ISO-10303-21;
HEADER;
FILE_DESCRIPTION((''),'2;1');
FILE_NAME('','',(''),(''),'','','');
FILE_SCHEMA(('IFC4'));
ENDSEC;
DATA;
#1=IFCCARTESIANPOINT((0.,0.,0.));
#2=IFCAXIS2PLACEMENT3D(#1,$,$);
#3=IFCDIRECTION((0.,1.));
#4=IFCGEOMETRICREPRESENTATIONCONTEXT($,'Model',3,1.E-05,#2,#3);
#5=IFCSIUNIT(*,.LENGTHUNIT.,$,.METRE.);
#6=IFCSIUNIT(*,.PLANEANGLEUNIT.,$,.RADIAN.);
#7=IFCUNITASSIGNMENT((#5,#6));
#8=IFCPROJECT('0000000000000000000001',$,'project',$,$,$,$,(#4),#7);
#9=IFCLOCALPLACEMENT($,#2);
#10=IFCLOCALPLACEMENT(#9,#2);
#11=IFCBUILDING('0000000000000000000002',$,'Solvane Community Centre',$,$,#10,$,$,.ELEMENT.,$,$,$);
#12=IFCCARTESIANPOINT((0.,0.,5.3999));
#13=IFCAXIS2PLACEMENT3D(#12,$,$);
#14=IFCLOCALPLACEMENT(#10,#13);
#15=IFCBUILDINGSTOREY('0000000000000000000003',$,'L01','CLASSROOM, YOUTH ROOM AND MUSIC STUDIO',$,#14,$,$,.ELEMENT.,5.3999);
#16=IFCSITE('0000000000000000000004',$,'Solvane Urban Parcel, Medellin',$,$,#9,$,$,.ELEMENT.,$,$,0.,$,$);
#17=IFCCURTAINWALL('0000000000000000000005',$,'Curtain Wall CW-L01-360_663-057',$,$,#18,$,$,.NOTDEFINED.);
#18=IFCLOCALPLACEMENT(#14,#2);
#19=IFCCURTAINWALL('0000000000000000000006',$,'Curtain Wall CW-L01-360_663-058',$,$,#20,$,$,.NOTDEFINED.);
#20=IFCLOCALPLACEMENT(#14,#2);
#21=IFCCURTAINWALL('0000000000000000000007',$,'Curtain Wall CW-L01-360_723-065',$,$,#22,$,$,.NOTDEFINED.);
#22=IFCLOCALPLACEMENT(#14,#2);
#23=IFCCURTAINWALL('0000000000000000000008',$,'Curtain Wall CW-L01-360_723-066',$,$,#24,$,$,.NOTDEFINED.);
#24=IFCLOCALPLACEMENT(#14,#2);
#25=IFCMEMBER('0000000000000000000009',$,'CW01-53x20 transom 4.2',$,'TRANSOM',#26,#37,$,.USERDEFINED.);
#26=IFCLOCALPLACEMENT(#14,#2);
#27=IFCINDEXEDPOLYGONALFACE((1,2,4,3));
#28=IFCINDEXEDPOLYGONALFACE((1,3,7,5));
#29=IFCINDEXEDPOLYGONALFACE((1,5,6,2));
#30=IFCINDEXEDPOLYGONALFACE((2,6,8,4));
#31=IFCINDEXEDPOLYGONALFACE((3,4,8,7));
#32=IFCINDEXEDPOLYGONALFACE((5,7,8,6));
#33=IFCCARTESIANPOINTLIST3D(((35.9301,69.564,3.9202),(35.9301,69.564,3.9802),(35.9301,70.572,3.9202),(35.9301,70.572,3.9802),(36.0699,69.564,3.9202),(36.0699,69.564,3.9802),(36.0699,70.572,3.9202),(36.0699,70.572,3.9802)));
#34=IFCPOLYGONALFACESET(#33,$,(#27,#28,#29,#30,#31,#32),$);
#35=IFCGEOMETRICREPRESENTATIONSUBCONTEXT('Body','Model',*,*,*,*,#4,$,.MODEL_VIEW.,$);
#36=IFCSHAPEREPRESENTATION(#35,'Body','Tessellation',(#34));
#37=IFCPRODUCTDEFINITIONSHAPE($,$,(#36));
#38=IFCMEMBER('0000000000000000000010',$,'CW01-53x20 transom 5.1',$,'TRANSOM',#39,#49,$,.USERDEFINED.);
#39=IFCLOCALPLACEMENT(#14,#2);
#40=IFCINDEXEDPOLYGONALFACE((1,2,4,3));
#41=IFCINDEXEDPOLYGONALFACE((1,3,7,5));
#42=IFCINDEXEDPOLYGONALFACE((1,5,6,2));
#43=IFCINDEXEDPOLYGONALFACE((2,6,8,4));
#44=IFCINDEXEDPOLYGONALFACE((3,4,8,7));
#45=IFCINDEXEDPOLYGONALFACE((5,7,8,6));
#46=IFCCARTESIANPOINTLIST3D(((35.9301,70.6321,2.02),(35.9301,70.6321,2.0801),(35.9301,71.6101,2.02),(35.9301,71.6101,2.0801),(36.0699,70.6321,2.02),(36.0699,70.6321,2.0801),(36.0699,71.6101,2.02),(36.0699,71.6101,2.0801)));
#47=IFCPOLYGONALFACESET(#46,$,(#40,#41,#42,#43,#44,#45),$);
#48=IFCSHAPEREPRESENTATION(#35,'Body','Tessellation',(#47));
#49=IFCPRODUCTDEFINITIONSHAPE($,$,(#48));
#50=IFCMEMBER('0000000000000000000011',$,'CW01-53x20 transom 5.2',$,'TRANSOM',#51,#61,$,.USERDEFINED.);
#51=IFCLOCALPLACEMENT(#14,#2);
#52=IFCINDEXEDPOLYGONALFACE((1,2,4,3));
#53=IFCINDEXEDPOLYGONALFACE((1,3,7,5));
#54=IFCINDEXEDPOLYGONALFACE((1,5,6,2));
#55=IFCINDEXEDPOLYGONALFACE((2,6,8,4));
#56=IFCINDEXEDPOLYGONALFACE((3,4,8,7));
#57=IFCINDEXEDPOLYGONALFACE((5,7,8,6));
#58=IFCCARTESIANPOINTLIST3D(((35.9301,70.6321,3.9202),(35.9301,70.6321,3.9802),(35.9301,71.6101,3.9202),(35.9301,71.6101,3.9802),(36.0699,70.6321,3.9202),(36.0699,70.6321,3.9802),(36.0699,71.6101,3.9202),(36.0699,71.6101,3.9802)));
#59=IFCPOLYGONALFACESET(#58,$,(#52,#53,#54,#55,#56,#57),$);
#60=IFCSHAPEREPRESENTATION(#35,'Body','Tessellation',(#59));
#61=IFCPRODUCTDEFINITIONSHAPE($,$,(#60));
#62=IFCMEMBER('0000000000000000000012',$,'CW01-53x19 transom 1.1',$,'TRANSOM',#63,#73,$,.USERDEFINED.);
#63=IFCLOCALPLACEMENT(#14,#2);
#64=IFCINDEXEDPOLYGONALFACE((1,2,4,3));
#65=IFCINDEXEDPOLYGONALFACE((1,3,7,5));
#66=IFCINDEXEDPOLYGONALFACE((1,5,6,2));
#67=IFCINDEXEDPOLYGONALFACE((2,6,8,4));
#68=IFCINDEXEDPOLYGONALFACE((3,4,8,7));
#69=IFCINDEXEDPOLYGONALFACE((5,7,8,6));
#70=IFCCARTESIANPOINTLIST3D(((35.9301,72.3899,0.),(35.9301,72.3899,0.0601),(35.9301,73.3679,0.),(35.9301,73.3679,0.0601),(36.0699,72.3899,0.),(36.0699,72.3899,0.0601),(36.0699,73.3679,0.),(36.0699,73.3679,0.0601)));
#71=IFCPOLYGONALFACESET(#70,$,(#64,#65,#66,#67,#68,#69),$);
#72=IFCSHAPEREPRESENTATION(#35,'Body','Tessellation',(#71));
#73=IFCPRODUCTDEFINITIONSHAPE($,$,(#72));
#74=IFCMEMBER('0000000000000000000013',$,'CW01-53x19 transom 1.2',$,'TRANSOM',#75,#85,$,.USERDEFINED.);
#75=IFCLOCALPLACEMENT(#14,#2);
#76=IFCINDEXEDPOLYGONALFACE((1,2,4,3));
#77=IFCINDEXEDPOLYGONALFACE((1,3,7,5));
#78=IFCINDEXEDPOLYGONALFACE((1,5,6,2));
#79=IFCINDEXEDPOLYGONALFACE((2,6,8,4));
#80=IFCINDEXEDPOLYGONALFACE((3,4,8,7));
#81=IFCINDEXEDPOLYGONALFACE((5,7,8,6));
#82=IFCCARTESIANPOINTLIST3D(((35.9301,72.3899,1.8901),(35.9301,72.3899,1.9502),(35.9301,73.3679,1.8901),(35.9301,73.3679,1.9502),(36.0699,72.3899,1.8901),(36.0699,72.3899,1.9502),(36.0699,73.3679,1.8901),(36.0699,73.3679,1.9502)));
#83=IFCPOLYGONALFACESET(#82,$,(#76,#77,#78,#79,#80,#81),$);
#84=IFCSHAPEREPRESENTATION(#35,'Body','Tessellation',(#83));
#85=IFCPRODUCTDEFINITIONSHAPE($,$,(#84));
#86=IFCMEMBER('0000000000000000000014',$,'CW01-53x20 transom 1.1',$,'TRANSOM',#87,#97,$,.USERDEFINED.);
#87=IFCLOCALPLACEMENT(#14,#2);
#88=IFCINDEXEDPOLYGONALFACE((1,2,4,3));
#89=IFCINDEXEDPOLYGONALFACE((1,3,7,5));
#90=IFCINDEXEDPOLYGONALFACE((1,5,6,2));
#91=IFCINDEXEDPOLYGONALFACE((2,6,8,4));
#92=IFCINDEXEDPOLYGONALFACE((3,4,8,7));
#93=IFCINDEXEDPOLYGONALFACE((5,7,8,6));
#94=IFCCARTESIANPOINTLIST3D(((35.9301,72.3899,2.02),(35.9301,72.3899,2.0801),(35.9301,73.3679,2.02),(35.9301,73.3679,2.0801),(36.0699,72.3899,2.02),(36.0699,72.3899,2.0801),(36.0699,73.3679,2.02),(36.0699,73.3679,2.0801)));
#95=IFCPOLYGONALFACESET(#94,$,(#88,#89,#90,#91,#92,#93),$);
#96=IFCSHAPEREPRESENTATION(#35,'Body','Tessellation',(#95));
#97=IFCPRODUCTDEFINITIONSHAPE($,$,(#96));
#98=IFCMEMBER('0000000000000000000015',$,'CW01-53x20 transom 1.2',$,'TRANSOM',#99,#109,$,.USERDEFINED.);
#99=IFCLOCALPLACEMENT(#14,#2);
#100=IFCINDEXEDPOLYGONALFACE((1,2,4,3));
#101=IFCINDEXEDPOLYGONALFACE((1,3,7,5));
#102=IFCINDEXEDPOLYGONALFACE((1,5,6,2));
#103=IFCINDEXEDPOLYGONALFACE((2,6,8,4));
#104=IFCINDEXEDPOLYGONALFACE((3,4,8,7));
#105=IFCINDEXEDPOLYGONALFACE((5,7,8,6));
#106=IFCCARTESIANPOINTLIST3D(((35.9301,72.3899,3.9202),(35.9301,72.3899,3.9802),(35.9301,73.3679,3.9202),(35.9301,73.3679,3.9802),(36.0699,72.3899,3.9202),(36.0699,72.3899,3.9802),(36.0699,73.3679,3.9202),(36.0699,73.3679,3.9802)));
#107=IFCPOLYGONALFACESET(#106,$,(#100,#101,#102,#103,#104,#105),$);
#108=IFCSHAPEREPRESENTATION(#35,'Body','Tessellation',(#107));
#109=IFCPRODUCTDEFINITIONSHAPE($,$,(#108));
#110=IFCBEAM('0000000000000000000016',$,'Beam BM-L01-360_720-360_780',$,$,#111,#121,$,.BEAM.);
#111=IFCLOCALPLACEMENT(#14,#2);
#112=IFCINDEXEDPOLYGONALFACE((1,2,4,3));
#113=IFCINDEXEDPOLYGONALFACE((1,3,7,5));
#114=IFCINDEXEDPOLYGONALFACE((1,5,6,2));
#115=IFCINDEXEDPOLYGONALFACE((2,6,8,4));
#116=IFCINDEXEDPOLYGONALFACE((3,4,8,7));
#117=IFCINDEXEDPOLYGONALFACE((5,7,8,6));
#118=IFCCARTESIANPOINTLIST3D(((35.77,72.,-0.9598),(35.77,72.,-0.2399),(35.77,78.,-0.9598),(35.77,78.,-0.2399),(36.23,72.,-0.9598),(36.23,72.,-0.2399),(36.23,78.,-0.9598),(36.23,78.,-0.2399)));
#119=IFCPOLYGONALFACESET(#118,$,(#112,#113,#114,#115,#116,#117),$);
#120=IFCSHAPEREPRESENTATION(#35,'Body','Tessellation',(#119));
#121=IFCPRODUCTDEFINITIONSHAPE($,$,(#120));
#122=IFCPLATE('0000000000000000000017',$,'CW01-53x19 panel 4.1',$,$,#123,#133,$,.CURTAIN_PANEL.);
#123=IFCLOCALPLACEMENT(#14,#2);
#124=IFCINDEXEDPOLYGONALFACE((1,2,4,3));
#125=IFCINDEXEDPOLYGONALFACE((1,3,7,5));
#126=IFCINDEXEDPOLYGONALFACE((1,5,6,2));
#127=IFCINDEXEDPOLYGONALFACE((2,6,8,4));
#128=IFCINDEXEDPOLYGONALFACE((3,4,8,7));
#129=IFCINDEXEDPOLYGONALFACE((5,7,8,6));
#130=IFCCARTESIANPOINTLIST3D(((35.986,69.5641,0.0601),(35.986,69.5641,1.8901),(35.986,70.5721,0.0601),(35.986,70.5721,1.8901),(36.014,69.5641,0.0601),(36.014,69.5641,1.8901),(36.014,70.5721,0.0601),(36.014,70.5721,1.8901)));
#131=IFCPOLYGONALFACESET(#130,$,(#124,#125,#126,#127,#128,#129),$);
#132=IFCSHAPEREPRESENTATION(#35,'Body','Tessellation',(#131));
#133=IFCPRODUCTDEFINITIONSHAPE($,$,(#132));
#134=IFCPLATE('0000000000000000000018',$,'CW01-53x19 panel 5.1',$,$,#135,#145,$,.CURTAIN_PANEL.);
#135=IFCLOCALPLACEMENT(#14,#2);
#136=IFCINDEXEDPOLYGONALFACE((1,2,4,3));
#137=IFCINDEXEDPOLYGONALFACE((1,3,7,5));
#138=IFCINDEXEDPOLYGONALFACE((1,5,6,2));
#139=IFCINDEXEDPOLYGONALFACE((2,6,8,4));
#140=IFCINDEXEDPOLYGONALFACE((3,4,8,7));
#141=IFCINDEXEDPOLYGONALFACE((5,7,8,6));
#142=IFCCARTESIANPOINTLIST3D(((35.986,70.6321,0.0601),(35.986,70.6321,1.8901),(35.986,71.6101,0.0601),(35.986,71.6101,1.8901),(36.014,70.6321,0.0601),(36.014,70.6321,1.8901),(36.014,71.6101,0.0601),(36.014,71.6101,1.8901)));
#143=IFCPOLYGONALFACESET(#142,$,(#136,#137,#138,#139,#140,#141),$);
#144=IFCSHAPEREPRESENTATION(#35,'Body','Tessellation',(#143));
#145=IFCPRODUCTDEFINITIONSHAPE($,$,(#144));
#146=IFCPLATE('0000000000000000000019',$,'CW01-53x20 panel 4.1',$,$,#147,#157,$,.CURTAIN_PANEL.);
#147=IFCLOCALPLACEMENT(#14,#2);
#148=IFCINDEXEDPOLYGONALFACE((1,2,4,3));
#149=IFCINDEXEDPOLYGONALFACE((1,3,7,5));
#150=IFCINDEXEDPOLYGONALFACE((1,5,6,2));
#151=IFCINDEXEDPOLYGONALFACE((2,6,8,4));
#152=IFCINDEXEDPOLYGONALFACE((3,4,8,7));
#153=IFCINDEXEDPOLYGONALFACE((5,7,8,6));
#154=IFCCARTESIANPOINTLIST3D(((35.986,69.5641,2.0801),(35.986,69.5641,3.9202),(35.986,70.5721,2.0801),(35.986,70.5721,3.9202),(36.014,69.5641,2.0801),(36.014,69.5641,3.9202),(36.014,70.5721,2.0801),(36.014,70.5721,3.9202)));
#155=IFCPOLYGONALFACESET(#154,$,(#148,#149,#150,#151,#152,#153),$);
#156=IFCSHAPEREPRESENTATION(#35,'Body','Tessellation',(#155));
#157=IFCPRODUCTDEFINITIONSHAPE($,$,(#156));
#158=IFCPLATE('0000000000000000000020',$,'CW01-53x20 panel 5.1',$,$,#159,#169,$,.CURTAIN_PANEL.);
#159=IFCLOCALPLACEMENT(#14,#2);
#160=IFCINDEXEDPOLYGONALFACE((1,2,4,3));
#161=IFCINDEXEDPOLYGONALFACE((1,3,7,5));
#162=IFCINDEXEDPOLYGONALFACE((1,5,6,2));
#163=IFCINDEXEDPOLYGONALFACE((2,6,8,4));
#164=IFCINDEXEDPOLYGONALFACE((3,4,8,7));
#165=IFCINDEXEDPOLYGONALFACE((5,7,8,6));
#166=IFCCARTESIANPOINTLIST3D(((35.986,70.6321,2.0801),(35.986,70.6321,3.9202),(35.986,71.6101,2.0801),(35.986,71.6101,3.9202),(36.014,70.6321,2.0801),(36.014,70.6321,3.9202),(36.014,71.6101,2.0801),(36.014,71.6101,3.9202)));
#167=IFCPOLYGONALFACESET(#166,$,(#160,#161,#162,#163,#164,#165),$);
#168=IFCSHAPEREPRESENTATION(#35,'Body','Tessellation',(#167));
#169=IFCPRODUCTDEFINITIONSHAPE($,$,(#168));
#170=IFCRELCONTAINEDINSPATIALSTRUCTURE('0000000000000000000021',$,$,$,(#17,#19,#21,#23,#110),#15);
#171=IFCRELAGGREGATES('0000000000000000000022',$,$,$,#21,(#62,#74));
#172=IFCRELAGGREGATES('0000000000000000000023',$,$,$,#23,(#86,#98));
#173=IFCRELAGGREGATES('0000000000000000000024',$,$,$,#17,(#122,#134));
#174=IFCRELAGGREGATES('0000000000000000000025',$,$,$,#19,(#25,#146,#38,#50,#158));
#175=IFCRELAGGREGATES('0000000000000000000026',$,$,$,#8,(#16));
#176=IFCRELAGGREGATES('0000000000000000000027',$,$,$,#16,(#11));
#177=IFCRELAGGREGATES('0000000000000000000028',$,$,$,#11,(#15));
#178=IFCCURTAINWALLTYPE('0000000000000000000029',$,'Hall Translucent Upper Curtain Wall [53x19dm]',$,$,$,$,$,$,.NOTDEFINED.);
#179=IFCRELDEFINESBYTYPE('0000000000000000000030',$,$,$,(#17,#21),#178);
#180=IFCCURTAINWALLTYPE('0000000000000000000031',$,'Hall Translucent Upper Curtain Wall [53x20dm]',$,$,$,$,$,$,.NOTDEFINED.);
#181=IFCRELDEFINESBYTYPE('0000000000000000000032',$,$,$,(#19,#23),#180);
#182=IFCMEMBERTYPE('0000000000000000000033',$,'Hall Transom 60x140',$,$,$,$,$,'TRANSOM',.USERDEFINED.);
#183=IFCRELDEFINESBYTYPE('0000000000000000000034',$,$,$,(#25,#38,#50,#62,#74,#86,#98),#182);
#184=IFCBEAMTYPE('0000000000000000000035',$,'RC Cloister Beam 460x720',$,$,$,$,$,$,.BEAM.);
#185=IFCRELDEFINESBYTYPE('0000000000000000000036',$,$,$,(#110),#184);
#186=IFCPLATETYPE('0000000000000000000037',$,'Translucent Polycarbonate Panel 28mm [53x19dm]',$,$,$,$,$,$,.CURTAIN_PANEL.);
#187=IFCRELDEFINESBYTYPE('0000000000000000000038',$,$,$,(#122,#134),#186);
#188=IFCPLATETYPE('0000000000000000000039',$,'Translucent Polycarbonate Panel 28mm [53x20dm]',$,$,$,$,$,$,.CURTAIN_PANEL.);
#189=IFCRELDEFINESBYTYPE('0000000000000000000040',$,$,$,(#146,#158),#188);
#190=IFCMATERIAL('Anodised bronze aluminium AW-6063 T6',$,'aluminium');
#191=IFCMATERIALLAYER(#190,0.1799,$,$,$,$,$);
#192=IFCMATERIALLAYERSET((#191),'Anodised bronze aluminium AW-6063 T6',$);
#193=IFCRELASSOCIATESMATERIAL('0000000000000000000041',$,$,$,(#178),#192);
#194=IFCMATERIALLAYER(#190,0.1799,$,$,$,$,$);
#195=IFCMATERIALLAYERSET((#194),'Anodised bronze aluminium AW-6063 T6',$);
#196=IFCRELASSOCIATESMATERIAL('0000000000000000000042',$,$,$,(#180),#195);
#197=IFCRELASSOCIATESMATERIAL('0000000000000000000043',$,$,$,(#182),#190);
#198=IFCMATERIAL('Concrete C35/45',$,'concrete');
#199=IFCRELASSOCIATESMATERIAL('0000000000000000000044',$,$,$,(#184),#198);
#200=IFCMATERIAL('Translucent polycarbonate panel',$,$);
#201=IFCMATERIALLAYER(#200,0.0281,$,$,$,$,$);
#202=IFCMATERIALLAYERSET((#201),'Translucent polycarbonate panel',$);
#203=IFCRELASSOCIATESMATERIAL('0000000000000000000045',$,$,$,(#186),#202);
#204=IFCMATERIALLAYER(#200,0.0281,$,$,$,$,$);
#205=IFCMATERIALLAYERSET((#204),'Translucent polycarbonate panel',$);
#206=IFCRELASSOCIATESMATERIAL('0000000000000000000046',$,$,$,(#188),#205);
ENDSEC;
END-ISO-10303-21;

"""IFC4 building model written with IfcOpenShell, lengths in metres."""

from ifc_helpers import new_model, si_unit, direction, frame, origin, origin_2d, place, context, subcontext, project, spatial, rectangle, extrude, material, layer, layer_set, material_profile, profile_set, type_object, element, aggregate, save


model = new_model("IFC4")

# Units and contexts
model_context = context("Model", 3, precision=1e-05, world=origin(), true_north=direction((0.0, 1.0)))
body_context = subcontext(model_context, "Body", "Model", "MODEL_VIEW")
ifc_project = project(units=[si_unit("LENGTHUNIT", "METRE"), si_unit("PLANEANGLEUNIT", "RADIAN")], contexts=[model_context])

# Site, building, storey
site_placement = place(None, origin())
site = spatial("IfcSite", under=ifc_project, at=site_placement, Name="Solvane Urban Parcel, Medellin", CompositionType="ELEMENT", RefElevation=0.0)
building_placement = place(site_placement, origin())
building = spatial("IfcBuilding", under=site, at=building_placement, Name="Solvane Community Centre", CompositionType="ELEMENT")
storey_placement = place(building_placement, frame((0.0, 0.0, 5.3999)))
storey = spatial("IfcBuildingStorey", under=building, at=storey_placement, Name="L01", Description="CLASSROOM, YOUTH ROOM AND MUSIC STUDIO", CompositionType="ELEMENT", Elevation=5.3999)

# Shared definitions
ifc_material_1 = material(Name="Concrete C35/45", Category="concrete")

# Curtain walls
ifc_material_2 = material(Name="Anodised bronze aluminium AW-6063 T6", Category="aluminium")
ifc_layer_1 = layer(ifc_material_2, 0.1799)
ifc_layer_set_1 = layer_set([ifc_layer_1], Name="Anodised bronze aluminium AW-6063 T6")
curtain_wall_type_1 = type_object("IfcCurtainWallType", Name="Hall Translucent Upper Curtain Wall [53x19dm]", PredefinedType="NOTDEFINED", material=ifc_layer_set_1)
curtain_wall_1_placement = place(storey_placement, origin())
curtain_wall_1 = element("IfcCurtainWall", 1, at=curtain_wall_1_placement, inside=storey, type_object=curtain_wall_type_1, Name="Curtain Wall CW-L01-360_663-057", PredefinedType="NOTDEFINED")
ifc_layer_2 = layer(ifc_material_2, 0.1799)
ifc_layer_set_2 = layer_set([ifc_layer_2], Name="Anodised bronze aluminium AW-6063 T6")
curtain_wall_type_2 = type_object("IfcCurtainWallType", Name="Hall Translucent Upper Curtain Wall [53x20dm]", PredefinedType="NOTDEFINED", material=ifc_layer_set_2)
curtain_wall_2_placement = place(storey_placement, origin())
curtain_wall_2 = element("IfcCurtainWall", 2, at=curtain_wall_2_placement, inside=storey, type_object=curtain_wall_type_2, Name="Curtain Wall CW-L01-360_663-058", PredefinedType="NOTDEFINED")

# Curtain walls
curtain_wall_3_placement = place(storey_placement, origin())
curtain_wall_3 = element("IfcCurtainWall", 3, at=curtain_wall_3_placement, inside=storey, type_object=curtain_wall_type_1, Name="Curtain Wall CW-L01-360_723-065", PredefinedType="NOTDEFINED")
curtain_wall_4_placement = place(storey_placement, origin())
curtain_wall_4 = element("IfcCurtainWall", 4, at=curtain_wall_4_placement, inside=storey, type_object=curtain_wall_type_2, Name="Curtain Wall CW-L01-360_723-066", PredefinedType="NOTDEFINED")

# Members
ifc_material_profile_1 = material_profile(ifc_material_2, rectangle(XDim=0.1399, YDim=0.0601, at=origin_2d()), Name="CW-T 60x140")
ifc_profile_set_1 = profile_set([ifc_material_profile_1], Name="Anodised bronze aluminium AW-6063 T6")
member_type_1 = type_object("IfcMemberType", Name="Hall Transom 60x140", ElementType="TRANSOM", PredefinedType="USERDEFINED", material=ifc_profile_set_1)
member_1_placement = place(storey_placement, frame((36.0, 69.564, 3.9502), z_axis=(0.0, 1.0, 0.0), x_axis=(-1.0, 0.0, 0.0)))
member_1 = element("IfcMember", 5, at=member_1_placement, type_object=member_type_1, Name="CW01-53x20 transom 4.2", ObjectType="TRANSOM", PredefinedType="USERDEFINED", context=body_context, shape_type="SweptSolid", body=[
    extrude(rectangle(XDim=0.1399, YDim=0.0601, at=origin_2d()), origin(), (0.0, 0.0, 1.0), 1.0081),
])
member_2_placement = place(storey_placement, frame((36.0, 70.6321, 2.05), z_axis=(0.0, 1.0, 0.0), x_axis=(-1.0, 0.0, 0.0)))
member_2 = element("IfcMember", 6, at=member_2_placement, type_object=member_type_1, Name="CW01-53x20 transom 5.1", ObjectType="TRANSOM", PredefinedType="USERDEFINED", context=body_context, shape_type="SweptSolid", body=[
    extrude(rectangle(XDim=0.1399, YDim=0.0601, at=origin_2d()), origin(), (0.0, 0.0, 1.0), 0.978),
])
member_3_placement = place(storey_placement, frame((36.0, 70.6321, 3.9502), z_axis=(0.0, 1.0, 0.0), x_axis=(-1.0, 0.0, 0.0)))
member_3 = element("IfcMember", 7, at=member_3_placement, type_object=member_type_1, Name="CW01-53x20 transom 5.2", ObjectType="TRANSOM", PredefinedType="USERDEFINED", context=body_context, shape_type="SweptSolid", body=[
    extrude(rectangle(XDim=0.1399, YDim=0.0601, at=origin_2d()), origin(), (0.0, 0.0, 1.0), 0.978),
])
member_4_placement = place(storey_placement, frame((36.0, 72.3899, 0.03), z_axis=(0.0, 1.0, 0.0), x_axis=(-1.0, 0.0, 0.0)))
member_4 = element("IfcMember", 8, at=member_4_placement, type_object=member_type_1, Name="CW01-53x19 transom 1.1", ObjectType="TRANSOM", PredefinedType="USERDEFINED", context=body_context, shape_type="SweptSolid", body=[
    extrude(rectangle(XDim=0.1399, YDim=0.0601, at=origin_2d()), origin(), (0.0, 0.0, 1.0), 0.978),
])
member_5_placement = place(storey_placement, frame((36.0, 72.3899, 1.9202), z_axis=(0.0, 1.0, 0.0), x_axis=(-1.0, 0.0, 0.0)))
member_5 = element("IfcMember", 9, at=member_5_placement, type_object=member_type_1, Name="CW01-53x19 transom 1.2", ObjectType="TRANSOM", PredefinedType="USERDEFINED", context=body_context, shape_type="SweptSolid", body=[
    extrude(rectangle(XDim=0.1399, YDim=0.0601, at=origin_2d()), origin(), (0.0, 0.0, 1.0), 0.978),
])
aggregate(curtain_wall_3, [member_4, member_5])
member_6_placement = place(storey_placement, frame((36.0, 72.3899, 2.05), z_axis=(0.0, 1.0, 0.0), x_axis=(-1.0, 0.0, 0.0)))
member_6 = element("IfcMember", 10, at=member_6_placement, type_object=member_type_1, Name="CW01-53x20 transom 1.1", ObjectType="TRANSOM", PredefinedType="USERDEFINED", context=body_context, shape_type="SweptSolid", body=[
    extrude(rectangle(XDim=0.1399, YDim=0.0601, at=origin_2d()), origin(), (0.0, 0.0, 1.0), 0.978),
])
member_7_placement = place(storey_placement, frame((36.0, 72.3899, 3.9502), z_axis=(0.0, 1.0, 0.0), x_axis=(-1.0, 0.0, 0.0)))
member_7 = element("IfcMember", 11, at=member_7_placement, type_object=member_type_1, Name="CW01-53x20 transom 1.2", ObjectType="TRANSOM", PredefinedType="USERDEFINED", context=body_context, shape_type="SweptSolid", body=[
    extrude(rectangle(XDim=0.1399, YDim=0.0601, at=origin_2d()), origin(), (0.0, 0.0, 1.0), 0.978),
])
aggregate(curtain_wall_4, [member_6, member_7])

# Beam
ifc_material_profile_2 = material_profile(ifc_material_1, rectangle(XDim=0.46, YDim=0.72, at=origin_2d()), Name="RC 460x720")
ifc_profile_set_2 = profile_set([ifc_material_profile_2], Name="Concrete C35/45")
beam_type = type_object("IfcBeamType", Name="RC Cloister Beam 460x720", PredefinedType="BEAM", material=ifc_profile_set_2)
beam_placement = place(storey_placement, frame((36.0, 72.0, -0.5999), z_axis=(0.0, 1.0, 0.0), x_axis=(-1.0, 0.0, 0.0)))
element("IfcBeam", 12, at=beam_placement, inside=storey, type_object=beam_type, Name="Beam BM-L01-360_720-360_780", PredefinedType="BEAM", context=body_context, shape_type="SweptSolid", body=[
    extrude(rectangle(XDim=0.46, YDim=0.72, at=origin_2d()), origin(), (0.0, 0.0, 1.0), 6.0),
])

# Plates
ifc_material_3 = material(Name="Translucent polycarbonate panel")
ifc_layer_3 = layer(ifc_material_3, 0.0281)
ifc_layer_set_3 = layer_set([ifc_layer_3], Name="Translucent polycarbonate panel")
plate_type_1 = type_object("IfcPlateType", Name="Translucent Polycarbonate Panel 28mm [53x19dm]", PredefinedType="CURTAIN_PANEL", material=ifc_layer_set_3)
plate_1_placement = place(storey_placement, frame((36.0, 70.0681, 0.0601), z_axis=(0.0, 0.0, 1.0), x_axis=(0.0, 1.0, 0.0)))
plate_1 = element("IfcPlate", 13, at=plate_1_placement, type_object=plate_type_1, Name="CW01-53x19 panel 4.1", PredefinedType="CURTAIN_PANEL", context=body_context, shape_type="SweptSolid", body=[
    extrude(rectangle(XDim=1.0081, YDim=0.0281, at=origin_2d()), origin(), (0.0, 0.0, 1.0), 1.8301),
])
plate_2_placement = place(storey_placement, frame((36.0, 71.1211, 0.0601), z_axis=(0.0, 0.0, 1.0), x_axis=(0.0, 1.0, 0.0)))
plate_2 = element("IfcPlate", 14, at=plate_2_placement, type_object=plate_type_1, Name="CW01-53x19 panel 5.1", PredefinedType="CURTAIN_PANEL", context=body_context, shape_type="SweptSolid", body=[
    extrude(rectangle(XDim=0.978, YDim=0.0281, at=origin_2d()), origin(), (0.0, 0.0, 1.0), 1.8301),
])
aggregate(curtain_wall_1, [plate_1, plate_2])
ifc_layer_4 = layer(ifc_material_3, 0.0281)
ifc_layer_set_4 = layer_set([ifc_layer_4], Name="Translucent polycarbonate panel")
plate_type_2 = type_object("IfcPlateType", Name="Translucent Polycarbonate Panel 28mm [53x20dm]", PredefinedType="CURTAIN_PANEL", material=ifc_layer_set_4)
plate_3_placement = place(storey_placement, frame((36.0, 70.0681, 2.0801), z_axis=(0.0, 0.0, 1.0), x_axis=(0.0, 1.0, 0.0)))
plate_3 = element("IfcPlate", 15, at=plate_3_placement, type_object=plate_type_2, Name="CW01-53x20 panel 4.1", PredefinedType="CURTAIN_PANEL", context=body_context, shape_type="SweptSolid", body=[
    extrude(rectangle(XDim=1.0081, YDim=0.0281, at=origin_2d()), origin(), (0.0, 0.0, 1.0), 1.8401),
])
plate_4_placement = place(storey_placement, frame((36.0, 71.1211, 2.0801), z_axis=(0.0, 0.0, 1.0), x_axis=(0.0, 1.0, 0.0)))
plate_4 = element("IfcPlate", 16, at=plate_4_placement, type_object=plate_type_2, Name="CW01-53x20 panel 5.1", PredefinedType="CURTAIN_PANEL", context=body_context, shape_type="SweptSolid", body=[
    extrude(rectangle(XDim=0.978, YDim=0.0281, at=origin_2d()), origin(), (0.0, 0.0, 1.0), 1.8401),
])
aggregate(curtain_wall_2, [member_1, plate_3, member_2, member_3, plate_4])

save(model, "model.ifc")
